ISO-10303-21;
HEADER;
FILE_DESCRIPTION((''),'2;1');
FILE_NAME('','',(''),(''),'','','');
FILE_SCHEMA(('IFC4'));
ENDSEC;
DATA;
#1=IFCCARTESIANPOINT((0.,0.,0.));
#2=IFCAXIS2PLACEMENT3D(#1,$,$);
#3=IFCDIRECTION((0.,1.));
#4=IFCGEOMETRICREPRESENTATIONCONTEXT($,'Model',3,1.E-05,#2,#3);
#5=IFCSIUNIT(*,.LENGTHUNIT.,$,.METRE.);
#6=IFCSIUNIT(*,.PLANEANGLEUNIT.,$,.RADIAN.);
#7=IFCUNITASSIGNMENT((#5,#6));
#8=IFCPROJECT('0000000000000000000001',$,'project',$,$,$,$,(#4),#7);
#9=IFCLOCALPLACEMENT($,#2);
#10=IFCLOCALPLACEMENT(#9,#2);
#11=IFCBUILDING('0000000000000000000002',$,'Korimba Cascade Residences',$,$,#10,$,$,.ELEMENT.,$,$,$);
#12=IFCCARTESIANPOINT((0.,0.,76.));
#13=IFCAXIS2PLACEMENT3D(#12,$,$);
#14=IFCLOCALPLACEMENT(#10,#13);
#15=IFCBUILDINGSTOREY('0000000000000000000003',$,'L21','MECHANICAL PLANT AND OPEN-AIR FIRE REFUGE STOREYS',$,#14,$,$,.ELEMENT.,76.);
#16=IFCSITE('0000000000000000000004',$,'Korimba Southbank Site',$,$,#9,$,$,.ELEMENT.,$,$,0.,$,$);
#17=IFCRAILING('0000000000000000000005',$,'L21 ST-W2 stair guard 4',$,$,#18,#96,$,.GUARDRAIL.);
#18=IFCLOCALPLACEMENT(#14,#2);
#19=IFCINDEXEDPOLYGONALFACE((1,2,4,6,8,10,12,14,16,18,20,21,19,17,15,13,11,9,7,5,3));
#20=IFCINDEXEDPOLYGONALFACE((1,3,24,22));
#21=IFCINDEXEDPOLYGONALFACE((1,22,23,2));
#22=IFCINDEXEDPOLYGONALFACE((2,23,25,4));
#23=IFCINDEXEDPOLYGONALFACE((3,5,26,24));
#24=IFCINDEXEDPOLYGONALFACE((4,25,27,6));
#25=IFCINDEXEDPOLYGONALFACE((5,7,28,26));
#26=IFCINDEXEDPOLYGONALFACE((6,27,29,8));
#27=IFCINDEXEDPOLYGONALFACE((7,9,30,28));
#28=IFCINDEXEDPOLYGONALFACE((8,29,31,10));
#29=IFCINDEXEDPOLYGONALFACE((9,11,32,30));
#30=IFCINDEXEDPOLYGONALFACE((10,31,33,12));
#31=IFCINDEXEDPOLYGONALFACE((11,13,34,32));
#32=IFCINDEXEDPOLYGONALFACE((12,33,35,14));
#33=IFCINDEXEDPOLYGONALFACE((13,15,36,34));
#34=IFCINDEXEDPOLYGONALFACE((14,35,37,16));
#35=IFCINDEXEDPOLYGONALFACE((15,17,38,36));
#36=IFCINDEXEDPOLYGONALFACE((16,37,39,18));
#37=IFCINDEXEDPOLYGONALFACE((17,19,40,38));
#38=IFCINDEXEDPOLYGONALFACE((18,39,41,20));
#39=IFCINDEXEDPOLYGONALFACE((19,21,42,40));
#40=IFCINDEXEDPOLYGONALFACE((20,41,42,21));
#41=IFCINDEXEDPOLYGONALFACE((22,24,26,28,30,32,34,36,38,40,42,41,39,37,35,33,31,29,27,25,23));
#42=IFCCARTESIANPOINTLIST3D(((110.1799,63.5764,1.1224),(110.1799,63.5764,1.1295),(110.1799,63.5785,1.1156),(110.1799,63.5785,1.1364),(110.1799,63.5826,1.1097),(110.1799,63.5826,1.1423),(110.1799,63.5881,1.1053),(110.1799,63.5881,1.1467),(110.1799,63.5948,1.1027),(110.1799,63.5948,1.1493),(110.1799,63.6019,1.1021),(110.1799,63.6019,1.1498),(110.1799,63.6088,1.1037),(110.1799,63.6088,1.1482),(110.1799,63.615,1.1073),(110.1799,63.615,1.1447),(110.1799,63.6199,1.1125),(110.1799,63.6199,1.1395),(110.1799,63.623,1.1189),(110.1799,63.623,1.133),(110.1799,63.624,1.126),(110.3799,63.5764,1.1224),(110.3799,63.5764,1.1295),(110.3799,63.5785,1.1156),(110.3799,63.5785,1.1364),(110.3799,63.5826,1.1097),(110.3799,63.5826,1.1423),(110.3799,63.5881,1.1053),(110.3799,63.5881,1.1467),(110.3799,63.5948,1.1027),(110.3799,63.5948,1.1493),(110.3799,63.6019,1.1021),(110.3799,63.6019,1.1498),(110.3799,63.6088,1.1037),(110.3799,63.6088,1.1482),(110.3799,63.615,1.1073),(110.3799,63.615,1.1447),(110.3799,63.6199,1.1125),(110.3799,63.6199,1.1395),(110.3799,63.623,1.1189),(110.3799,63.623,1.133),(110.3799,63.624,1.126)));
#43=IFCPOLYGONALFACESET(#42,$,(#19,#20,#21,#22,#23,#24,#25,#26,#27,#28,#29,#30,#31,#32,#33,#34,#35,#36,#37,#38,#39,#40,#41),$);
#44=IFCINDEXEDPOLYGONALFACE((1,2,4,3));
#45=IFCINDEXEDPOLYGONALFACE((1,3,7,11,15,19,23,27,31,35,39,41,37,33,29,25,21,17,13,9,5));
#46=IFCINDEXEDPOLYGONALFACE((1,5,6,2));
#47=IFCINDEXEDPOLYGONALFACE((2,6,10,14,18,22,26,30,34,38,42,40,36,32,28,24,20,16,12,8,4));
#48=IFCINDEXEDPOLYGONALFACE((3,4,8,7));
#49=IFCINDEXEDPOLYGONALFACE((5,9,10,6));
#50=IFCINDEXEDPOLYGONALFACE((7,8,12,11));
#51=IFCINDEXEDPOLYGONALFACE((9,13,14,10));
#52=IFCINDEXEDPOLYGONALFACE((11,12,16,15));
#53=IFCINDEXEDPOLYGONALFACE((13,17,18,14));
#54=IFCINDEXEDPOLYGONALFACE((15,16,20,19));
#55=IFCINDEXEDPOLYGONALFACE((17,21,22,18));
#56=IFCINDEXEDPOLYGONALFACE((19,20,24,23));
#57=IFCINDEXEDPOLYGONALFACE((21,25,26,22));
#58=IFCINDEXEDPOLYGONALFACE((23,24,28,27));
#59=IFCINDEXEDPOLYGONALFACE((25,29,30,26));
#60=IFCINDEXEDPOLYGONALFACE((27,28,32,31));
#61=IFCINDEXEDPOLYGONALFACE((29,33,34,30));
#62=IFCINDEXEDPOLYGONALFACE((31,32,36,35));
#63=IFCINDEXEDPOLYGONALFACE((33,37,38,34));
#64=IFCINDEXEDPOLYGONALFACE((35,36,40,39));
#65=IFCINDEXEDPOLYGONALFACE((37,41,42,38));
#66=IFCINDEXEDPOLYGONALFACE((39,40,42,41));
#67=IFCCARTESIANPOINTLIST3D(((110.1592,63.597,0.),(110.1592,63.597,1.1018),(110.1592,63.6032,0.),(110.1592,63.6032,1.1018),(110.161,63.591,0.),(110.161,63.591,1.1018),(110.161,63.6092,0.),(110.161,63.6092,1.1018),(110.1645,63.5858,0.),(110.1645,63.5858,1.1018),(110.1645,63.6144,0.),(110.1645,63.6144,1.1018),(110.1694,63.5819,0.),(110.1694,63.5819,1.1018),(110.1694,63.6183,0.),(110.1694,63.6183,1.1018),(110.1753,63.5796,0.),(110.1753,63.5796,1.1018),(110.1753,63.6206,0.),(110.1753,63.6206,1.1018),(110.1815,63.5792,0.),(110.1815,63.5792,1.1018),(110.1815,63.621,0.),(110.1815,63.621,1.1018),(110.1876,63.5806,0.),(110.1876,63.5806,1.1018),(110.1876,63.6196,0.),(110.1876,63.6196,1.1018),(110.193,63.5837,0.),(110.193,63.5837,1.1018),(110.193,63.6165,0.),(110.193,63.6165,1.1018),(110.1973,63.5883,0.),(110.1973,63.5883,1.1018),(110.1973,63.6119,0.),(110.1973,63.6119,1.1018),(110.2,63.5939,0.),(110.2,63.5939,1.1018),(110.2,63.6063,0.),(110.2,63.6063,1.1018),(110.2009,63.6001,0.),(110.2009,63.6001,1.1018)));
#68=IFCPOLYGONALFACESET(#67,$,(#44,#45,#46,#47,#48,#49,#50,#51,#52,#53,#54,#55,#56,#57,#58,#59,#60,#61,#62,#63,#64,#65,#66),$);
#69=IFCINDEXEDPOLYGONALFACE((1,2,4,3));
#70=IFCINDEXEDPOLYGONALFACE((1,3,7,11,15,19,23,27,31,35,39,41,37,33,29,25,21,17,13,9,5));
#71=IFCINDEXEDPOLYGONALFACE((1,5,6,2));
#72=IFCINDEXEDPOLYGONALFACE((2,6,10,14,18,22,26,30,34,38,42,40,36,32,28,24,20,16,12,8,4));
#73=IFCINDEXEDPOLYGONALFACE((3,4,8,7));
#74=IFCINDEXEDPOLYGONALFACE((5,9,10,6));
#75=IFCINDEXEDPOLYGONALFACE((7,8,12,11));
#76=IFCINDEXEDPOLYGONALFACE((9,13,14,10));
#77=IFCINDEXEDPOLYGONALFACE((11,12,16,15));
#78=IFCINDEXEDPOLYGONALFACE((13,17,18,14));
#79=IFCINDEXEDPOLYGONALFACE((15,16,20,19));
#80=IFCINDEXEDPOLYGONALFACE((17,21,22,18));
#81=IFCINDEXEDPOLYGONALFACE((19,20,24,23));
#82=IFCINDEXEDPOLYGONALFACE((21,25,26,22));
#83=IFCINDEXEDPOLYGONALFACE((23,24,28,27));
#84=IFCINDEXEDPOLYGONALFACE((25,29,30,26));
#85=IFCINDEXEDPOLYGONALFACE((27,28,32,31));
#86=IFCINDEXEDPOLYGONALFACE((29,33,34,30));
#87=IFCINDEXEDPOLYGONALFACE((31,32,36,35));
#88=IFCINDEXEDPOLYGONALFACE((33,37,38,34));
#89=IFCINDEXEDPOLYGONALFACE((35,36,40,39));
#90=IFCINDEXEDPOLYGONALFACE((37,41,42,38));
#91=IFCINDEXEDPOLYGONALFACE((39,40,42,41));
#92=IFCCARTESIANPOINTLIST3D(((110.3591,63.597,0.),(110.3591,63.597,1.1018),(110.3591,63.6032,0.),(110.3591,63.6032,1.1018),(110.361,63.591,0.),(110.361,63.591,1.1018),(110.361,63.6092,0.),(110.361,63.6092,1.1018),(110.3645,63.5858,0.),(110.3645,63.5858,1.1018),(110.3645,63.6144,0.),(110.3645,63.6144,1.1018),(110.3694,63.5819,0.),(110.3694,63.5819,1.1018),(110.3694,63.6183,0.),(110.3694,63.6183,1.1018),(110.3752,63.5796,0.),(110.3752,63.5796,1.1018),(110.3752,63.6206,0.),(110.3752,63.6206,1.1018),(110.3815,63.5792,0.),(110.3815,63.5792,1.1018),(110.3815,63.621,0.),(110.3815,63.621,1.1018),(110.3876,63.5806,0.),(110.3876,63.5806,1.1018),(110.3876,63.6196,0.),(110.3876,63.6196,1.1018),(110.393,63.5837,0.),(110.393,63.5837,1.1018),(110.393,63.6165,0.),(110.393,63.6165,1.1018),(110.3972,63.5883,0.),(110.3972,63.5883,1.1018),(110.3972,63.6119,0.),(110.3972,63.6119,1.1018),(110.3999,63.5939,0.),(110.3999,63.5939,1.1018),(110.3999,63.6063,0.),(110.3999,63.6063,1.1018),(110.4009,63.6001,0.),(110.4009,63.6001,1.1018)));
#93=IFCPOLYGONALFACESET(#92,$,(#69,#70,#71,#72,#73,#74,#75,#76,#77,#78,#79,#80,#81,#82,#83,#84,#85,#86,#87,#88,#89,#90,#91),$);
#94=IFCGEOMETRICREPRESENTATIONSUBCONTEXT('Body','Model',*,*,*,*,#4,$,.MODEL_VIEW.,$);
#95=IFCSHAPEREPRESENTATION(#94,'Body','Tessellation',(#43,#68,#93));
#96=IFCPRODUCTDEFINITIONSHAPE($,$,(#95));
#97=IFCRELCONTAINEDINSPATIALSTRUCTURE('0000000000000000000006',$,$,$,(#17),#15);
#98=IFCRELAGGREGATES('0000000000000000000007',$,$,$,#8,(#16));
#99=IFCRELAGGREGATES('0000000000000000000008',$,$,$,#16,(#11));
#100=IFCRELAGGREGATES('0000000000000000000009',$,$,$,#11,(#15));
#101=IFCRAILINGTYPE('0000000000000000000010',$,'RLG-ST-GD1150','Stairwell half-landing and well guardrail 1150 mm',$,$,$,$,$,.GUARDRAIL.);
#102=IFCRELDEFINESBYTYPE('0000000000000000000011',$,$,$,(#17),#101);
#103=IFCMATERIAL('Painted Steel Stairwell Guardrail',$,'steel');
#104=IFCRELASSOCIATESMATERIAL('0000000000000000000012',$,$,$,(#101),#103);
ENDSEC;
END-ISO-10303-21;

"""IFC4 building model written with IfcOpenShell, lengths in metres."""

from ifc_helpers import new_model, si_unit, direction, frame, origin, origin_2d, place, context, subcontext, project, spatial, circle, extrude, material, type_object, element, save


model = new_model("IFC4")

# Units and contexts
model_context = context("Model", 3, precision=1e-05, world=origin(), true_north=direction((0.0, 1.0)))
body_context = subcontext(model_context, "Body", "Model", "MODEL_VIEW")
ifc_project = project(units=[si_unit("LENGTHUNIT", "METRE"), si_unit("PLANEANGLEUNIT", "RADIAN")], contexts=[model_context])

# Site, building, storey
site_placement = place(None, origin())
site = spatial("IfcSite", under=ifc_project, at=site_placement, Name="Korimba Southbank Site", CompositionType="ELEMENT", RefElevation=0.0)
building_placement = place(site_placement, origin())
building = spatial("IfcBuilding", under=site, at=building_placement, Name="Korimba Cascade Residences", CompositionType="ELEMENT")
storey_placement = place(building_placement, frame((0.0, 0.0, 76.0)))
storey = spatial("IfcBuildingStorey", under=building, at=storey_placement, Name="L21", Description="MECHANICAL PLANT AND OPEN-AIR FIRE REFUGE STOREYS", CompositionType="ELEMENT", Elevation=76.0)

# Railing
ifc_material_1 = material(Name="Painted Steel Stairwell Guardrail", Category="steel")
railing_type_1 = type_object("IfcRailingType", Name="RLG-ST-GD1150", Description="Stairwell half-landing and well guardrail 1150 mm", PredefinedType="GUARDRAIL", material=ifc_material_1)
railing_1_placement = place(storey_placement, frame((110.1799, 63.6001, 0.0)))
element("IfcRailing", 1, at=railing_1_placement, inside=storey, type_object=railing_type_1, Name="L21 ST-W2 stair guard 4", PredefinedType="GUARDRAIL", context=body_context, shape_type="SweptSolid", body=[
    extrude(circle(Radius=0.0239, at=origin_2d()), frame((0.0, 0.0, 1.126), z_axis=(1.0, 0.0, 0.0), x_axis=(0.0, 1.0, 0.0)), (0.0, 0.0, 1.0), 0.2),
    extrude(circle(Radius=0.021, at=origin_2d()), origin(), (0.0, 0.0, 1.0), 1.1018),
    extrude(circle(Radius=0.021, at=origin_2d()), frame((0.2, 0.0, 0.0)), (0.0, 0.0, 1.0), 1.1018),
])

save(model, "model.ifc")
